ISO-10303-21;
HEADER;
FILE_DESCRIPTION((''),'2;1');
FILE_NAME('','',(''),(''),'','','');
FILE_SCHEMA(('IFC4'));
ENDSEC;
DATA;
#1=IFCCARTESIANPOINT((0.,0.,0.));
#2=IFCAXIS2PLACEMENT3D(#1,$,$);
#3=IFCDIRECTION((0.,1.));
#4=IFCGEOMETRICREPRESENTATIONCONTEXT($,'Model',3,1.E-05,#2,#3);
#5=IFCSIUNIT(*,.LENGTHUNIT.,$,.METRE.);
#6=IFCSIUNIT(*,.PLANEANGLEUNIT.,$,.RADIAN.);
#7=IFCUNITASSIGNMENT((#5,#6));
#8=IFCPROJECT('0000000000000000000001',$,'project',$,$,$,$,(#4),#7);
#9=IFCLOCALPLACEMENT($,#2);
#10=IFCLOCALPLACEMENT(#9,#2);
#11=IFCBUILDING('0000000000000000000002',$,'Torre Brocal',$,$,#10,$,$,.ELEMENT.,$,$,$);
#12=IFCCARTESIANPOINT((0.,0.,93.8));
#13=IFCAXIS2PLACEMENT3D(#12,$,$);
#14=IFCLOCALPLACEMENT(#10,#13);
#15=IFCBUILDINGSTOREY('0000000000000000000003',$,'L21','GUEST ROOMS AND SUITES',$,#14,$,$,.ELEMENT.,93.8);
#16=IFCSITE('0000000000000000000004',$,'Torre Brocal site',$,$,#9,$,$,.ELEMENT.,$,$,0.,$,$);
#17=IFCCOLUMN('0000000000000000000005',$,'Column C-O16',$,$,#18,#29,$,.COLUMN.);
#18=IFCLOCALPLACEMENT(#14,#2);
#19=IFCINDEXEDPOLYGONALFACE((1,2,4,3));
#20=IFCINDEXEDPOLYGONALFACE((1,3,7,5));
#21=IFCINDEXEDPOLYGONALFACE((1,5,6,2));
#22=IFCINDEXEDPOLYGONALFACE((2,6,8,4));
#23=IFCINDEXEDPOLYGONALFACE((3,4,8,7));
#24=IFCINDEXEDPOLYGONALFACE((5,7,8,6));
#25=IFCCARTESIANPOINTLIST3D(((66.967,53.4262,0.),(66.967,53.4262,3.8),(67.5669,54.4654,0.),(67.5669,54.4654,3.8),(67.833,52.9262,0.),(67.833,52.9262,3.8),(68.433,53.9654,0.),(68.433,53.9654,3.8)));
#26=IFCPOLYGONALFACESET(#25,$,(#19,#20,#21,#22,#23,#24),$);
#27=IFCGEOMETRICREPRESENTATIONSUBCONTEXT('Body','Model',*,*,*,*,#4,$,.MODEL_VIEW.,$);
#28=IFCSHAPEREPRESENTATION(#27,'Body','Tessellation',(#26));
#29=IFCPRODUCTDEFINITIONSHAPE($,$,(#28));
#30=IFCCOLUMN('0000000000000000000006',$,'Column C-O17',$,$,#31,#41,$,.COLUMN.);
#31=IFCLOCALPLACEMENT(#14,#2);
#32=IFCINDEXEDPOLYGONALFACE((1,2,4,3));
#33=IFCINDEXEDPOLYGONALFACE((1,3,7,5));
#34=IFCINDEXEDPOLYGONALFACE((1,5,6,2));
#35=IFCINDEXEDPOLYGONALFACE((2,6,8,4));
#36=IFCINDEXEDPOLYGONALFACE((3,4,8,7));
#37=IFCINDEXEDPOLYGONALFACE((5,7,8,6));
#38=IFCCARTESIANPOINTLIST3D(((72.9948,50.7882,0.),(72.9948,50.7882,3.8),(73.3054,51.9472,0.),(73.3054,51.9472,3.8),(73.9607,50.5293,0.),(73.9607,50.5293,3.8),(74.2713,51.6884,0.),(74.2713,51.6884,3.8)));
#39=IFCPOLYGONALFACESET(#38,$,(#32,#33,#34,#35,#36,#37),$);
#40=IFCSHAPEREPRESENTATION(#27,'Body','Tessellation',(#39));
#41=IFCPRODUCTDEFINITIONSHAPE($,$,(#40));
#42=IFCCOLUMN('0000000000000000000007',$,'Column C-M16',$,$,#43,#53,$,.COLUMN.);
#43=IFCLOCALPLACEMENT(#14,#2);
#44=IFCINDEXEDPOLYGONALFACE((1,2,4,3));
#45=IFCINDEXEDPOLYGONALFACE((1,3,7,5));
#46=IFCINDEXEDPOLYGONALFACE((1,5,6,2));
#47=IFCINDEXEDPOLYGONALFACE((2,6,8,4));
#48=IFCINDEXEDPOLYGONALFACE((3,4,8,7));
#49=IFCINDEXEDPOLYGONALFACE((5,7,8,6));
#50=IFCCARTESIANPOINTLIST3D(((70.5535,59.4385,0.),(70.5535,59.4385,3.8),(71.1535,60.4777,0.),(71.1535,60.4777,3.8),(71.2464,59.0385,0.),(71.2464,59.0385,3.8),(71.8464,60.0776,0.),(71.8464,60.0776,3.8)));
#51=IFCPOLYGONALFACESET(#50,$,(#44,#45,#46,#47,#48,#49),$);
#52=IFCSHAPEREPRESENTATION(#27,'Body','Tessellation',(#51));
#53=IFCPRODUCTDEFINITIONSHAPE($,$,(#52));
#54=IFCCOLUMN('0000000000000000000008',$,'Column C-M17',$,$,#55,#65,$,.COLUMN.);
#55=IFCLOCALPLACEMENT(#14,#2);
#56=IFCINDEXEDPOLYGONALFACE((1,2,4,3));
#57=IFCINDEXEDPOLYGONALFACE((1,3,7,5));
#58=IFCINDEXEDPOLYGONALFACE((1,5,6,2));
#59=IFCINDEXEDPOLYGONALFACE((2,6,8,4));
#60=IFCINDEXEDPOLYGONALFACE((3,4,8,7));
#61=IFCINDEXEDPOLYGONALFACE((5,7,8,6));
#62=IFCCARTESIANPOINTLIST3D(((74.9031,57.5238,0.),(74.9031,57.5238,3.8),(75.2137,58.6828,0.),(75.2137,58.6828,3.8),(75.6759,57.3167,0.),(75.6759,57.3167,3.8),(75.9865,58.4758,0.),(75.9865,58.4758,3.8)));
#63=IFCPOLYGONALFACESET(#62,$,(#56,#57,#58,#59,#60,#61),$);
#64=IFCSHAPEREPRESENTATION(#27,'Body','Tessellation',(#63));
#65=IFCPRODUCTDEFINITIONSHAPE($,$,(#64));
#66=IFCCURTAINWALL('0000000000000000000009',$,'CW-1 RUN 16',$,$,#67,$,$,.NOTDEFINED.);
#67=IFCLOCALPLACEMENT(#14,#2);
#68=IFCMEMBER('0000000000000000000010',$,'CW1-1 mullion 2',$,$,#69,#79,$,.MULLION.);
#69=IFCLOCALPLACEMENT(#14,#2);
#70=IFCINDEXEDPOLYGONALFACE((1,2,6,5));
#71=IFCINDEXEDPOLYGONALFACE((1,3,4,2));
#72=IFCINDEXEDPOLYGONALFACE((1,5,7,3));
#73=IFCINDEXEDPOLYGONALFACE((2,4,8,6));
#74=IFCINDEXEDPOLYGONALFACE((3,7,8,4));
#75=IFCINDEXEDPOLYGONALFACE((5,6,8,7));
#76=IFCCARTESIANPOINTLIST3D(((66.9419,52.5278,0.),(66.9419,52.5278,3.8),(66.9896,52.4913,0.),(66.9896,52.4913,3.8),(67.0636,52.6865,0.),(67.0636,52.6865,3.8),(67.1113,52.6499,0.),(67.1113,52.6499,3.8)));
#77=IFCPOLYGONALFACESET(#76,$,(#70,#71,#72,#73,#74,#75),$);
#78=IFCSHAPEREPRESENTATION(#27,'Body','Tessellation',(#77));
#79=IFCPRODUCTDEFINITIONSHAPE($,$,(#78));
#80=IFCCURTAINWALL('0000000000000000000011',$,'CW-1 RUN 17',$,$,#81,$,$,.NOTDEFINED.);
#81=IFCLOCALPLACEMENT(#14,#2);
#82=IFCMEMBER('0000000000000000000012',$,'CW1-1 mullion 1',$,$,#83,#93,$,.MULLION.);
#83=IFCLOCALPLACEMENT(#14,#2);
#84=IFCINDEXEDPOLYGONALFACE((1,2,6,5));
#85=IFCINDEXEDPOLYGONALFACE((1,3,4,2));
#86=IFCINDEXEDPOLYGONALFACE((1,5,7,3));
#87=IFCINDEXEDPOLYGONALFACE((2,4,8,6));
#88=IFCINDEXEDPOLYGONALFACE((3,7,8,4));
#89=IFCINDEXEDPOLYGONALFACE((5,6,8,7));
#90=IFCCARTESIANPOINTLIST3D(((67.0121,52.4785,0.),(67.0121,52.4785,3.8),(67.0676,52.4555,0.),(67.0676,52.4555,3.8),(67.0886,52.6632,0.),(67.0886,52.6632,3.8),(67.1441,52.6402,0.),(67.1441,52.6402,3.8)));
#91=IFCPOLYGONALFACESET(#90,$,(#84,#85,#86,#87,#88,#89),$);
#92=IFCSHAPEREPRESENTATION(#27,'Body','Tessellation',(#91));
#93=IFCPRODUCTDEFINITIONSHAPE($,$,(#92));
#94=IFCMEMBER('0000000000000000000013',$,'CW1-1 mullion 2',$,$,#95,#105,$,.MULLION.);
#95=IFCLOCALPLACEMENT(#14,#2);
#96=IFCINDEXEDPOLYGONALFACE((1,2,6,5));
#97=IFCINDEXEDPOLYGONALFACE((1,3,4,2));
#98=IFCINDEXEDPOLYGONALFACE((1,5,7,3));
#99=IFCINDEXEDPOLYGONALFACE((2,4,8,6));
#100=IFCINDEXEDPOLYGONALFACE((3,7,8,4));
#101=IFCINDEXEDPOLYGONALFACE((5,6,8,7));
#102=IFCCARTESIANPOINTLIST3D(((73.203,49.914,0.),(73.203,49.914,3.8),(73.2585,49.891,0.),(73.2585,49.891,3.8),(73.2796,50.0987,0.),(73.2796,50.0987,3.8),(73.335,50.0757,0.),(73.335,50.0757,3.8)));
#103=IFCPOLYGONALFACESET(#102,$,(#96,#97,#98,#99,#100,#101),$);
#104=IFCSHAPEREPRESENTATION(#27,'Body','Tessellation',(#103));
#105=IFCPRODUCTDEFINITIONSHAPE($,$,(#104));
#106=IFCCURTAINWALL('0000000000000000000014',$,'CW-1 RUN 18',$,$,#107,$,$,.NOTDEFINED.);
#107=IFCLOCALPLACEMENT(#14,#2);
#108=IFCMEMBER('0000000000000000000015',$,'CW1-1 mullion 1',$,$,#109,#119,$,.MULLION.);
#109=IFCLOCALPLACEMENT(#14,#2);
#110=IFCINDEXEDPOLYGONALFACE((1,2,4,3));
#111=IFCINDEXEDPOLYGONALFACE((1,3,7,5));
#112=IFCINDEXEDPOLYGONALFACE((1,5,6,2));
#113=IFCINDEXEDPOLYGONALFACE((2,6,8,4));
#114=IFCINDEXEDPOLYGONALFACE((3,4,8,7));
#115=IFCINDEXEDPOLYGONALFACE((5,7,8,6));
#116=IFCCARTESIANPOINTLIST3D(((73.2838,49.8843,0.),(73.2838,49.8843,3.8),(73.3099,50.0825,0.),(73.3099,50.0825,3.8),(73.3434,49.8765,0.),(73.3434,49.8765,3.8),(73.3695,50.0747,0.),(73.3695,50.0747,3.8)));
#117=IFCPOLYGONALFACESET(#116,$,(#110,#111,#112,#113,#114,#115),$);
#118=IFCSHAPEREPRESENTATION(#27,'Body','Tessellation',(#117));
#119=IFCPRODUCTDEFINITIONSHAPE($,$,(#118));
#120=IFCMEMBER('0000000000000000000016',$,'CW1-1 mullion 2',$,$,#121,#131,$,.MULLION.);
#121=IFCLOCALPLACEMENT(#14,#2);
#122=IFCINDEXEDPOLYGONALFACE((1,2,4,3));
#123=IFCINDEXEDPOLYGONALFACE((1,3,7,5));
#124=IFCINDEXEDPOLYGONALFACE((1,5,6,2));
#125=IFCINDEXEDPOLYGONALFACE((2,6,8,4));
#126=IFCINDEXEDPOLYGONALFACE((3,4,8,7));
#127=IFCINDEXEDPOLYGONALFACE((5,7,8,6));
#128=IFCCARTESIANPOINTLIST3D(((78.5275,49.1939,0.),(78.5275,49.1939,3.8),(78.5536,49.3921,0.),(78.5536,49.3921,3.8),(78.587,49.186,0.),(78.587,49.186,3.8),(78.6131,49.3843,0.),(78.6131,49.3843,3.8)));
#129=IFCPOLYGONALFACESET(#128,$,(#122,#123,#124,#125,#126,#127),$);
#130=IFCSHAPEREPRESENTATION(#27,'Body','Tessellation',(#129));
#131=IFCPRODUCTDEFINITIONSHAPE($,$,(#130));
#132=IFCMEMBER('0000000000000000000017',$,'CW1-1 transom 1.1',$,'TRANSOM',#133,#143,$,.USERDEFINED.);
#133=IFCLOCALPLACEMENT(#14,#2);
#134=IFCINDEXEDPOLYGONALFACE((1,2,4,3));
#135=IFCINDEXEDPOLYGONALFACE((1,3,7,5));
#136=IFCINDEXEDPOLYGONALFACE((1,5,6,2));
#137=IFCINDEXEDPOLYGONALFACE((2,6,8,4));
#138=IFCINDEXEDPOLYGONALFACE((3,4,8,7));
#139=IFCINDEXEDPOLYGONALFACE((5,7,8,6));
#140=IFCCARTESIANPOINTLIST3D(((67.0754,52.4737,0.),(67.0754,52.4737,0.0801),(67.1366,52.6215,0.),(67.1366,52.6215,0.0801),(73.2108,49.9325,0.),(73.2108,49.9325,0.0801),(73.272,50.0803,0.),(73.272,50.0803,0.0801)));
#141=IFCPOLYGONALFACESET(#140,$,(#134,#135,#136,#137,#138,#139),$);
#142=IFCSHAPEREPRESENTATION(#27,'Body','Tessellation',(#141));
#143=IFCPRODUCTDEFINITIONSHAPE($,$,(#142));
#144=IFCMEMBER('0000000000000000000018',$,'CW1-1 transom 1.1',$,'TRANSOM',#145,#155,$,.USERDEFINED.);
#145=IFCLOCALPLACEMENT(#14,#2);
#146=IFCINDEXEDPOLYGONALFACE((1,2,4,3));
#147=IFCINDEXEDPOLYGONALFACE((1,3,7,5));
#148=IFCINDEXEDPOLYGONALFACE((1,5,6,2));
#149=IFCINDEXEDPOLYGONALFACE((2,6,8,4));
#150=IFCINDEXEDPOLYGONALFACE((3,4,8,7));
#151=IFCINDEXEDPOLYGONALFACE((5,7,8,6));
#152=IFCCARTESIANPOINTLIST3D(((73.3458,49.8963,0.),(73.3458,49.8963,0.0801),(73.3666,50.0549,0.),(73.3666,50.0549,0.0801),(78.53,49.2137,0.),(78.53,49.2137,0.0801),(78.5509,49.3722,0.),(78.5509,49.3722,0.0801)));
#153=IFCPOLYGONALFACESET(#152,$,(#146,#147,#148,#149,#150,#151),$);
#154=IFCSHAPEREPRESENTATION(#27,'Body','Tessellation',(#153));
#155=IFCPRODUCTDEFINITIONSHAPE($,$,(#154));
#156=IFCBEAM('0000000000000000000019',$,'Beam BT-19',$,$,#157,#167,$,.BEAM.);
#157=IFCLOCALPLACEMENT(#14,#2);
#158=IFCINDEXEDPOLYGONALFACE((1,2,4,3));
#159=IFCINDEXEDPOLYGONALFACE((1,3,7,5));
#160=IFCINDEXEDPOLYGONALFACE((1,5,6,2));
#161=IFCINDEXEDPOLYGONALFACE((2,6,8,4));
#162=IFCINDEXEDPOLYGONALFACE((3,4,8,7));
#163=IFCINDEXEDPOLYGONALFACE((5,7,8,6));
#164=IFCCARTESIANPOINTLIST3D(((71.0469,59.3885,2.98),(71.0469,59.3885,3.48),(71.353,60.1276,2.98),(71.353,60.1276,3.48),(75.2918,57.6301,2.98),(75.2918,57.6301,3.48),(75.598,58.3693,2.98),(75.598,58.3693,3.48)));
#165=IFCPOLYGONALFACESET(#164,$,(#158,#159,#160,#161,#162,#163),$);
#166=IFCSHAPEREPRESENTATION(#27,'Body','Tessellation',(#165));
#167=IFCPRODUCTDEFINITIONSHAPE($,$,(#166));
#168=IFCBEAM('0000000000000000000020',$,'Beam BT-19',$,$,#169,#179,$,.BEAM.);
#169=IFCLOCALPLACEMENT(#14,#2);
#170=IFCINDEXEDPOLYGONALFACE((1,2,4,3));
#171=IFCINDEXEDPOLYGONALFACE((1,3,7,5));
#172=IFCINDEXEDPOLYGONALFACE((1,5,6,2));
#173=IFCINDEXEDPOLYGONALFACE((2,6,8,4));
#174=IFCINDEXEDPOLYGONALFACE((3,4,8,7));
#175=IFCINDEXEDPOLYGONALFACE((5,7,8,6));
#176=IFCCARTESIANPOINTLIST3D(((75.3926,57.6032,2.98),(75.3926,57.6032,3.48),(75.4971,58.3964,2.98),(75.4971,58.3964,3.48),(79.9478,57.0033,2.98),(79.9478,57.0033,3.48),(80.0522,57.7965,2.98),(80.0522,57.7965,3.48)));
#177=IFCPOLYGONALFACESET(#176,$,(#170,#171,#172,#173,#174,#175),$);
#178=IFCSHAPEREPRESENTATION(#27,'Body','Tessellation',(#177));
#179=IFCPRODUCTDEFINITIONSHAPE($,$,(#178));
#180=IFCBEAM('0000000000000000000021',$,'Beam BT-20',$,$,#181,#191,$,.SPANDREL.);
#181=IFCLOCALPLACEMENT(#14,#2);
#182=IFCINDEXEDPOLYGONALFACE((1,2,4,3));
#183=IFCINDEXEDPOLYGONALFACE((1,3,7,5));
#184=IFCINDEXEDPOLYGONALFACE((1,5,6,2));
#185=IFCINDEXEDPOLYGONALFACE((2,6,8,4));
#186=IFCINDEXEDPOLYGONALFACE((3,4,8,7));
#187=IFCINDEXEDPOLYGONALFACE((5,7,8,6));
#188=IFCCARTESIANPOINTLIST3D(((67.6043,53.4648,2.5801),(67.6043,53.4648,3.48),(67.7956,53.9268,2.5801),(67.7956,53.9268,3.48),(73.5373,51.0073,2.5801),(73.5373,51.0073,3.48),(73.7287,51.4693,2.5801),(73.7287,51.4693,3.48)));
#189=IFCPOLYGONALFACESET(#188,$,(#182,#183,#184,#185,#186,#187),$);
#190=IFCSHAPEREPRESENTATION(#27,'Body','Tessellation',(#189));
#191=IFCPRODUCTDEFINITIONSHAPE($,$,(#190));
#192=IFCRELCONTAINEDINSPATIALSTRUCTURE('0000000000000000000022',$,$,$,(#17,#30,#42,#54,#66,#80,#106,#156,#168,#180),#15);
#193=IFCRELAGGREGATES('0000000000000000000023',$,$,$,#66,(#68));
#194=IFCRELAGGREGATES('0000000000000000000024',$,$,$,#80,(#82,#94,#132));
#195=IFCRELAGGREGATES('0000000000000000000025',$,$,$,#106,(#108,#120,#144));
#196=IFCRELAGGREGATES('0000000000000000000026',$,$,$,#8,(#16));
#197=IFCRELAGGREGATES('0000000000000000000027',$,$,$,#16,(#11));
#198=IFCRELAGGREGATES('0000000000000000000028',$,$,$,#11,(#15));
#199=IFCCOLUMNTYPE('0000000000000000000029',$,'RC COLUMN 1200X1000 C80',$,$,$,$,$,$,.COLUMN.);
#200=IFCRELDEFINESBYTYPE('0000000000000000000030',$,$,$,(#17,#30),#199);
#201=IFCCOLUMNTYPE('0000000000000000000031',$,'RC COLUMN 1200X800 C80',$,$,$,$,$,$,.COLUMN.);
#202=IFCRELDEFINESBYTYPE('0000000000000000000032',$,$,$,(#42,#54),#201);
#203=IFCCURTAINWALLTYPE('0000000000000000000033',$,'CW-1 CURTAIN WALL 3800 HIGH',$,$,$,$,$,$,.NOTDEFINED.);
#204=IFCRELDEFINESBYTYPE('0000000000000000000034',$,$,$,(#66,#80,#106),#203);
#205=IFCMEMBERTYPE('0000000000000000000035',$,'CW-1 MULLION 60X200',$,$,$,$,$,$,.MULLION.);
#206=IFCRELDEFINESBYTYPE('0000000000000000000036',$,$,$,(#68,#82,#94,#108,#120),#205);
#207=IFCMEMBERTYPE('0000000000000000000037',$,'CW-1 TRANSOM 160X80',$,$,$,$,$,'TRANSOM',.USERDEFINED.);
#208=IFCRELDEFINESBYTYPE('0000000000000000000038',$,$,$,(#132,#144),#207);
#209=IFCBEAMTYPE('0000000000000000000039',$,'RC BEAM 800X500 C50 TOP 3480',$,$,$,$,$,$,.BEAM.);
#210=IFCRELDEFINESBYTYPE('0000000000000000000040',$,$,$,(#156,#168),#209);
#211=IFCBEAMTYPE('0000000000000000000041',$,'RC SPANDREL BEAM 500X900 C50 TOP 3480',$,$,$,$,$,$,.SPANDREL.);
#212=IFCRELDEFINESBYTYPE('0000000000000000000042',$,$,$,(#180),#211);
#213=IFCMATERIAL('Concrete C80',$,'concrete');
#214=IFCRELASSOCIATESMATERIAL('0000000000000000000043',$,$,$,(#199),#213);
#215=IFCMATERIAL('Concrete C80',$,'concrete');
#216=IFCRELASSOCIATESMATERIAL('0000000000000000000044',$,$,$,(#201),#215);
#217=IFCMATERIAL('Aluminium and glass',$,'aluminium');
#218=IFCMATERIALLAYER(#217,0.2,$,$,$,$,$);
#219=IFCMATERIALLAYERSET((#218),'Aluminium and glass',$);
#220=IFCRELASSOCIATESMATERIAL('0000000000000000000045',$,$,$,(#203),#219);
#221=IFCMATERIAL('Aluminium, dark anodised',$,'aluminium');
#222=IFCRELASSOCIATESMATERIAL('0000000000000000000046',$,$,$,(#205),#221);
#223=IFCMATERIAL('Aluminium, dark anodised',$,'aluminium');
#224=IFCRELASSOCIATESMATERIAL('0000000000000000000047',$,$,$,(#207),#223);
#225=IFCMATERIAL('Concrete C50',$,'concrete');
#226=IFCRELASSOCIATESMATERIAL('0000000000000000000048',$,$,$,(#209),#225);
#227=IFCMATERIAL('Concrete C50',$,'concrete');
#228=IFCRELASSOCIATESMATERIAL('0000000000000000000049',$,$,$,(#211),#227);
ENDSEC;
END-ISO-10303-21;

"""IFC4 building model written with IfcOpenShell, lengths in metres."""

from ifc_helpers import new_model, si_unit, direction, frame, origin, origin_2d, place, context, subcontext, project, spatial, rectangle, extrude, material, layer, layer_set, material_profile, profile_set, type_object, element, aggregate, save


model = new_model("IFC4")

# Units and contexts
model_context = context("Model", 3, precision=1e-05, world=origin(), true_north=direction((0.0, 1.0)))
body_context = subcontext(model_context, "Body", "Model", "MODEL_VIEW")
ifc_project = project(units=[si_unit("LENGTHUNIT", "METRE"), si_unit("PLANEANGLEUNIT", "RADIAN")], contexts=[model_context])

# Site, building, storey
site_placement = place(None, origin())
site = spatial("IfcSite", under=ifc_project, at=site_placement, Name="Torre Brocal site", CompositionType="ELEMENT", RefElevation=0.0)
building_placement = place(site_placement, origin())
building = spatial("IfcBuilding", under=site, at=building_placement, Name="Torre Brocal", CompositionType="ELEMENT")
storey_placement = place(building_placement, frame((0.0, 0.0, 93.8)))
storey = spatial("IfcBuildingStorey", under=building, at=storey_placement, Name="L21", Description="GUEST ROOMS AND SUITES", CompositionType="ELEMENT", Elevation=93.8)

# Columns
ifc_material_1 = material(Name="Concrete C80", Category="concrete")
ifc_material_profile_1 = material_profile(ifc_material_1, rectangle(XDim=1.2, YDim=1.0, at=origin_2d()), Name="RC 1200X1000")
ifc_profile_set_1 = profile_set([ifc_material_profile_1], Name="Concrete C80")
column_type_1 = type_object("IfcColumnType", Name="RC COLUMN 1200X1000 C80", PredefinedType="COLUMN", material=ifc_profile_set_1)
for number, where, z_axis, x_axis, name in (
    (1, (67.7, 53.6958, 0.0), (0.0, 0.0, 1.0), (-0.5, -0.866025, 0.0), "Column C-O16"),
    (2, (73.6331, 51.2383, 0.0), (0.0, 0.0, 1.0), (-0.258819, -0.965926, 0.0), "Column C-O17"),
):
    element("IfcColumn", number, at=place(storey_placement, frame(where, z_axis=z_axis, x_axis=x_axis)), inside=storey, type_object=column_type_1, Name=name, PredefinedType="COLUMN", context=body_context, shape_type="SweptSolid", body=[
        extrude(rectangle(XDim=1.2, YDim=1.0, at=origin_2d()), origin(), (0.0, 0.0, 1.0), 3.8),
    ])
ifc_material_2 = material(Name="Concrete C80", Category="concrete")
ifc_material_profile_2 = material_profile(ifc_material_2, rectangle(XDim=1.2, YDim=0.8, at=origin_2d()), Name="RC 1200X800")
ifc_profile_set_2 = profile_set([ifc_material_profile_2], Name="Concrete C80")
column_type_2 = type_object("IfcColumnType", Name="RC COLUMN 1200X800 C80", PredefinedType="COLUMN", material=ifc_profile_set_2)
for number, where, z_axis, x_axis, name in (
    (3, (71.2, 59.7581, 0.0), (0.0, 0.0, 1.0), (-0.5, -0.866025, 0.0), "Column C-M16"),
    (4, (75.4448, 57.9998, 0.0), (0.0, 0.0, 1.0), (-0.258819, -0.965926, 0.0), "Column C-M17"),
):
    element("IfcColumn", number, at=place(storey_placement, frame(where, z_axis=z_axis, x_axis=x_axis)), inside=storey, type_object=column_type_2, Name=name, PredefinedType="COLUMN", context=body_context, shape_type="SweptSolid", body=[
        extrude(rectangle(XDim=1.2, YDim=0.8, at=origin_2d()), origin(), (0.0, 0.0, 1.0), 3.8),
    ])

# Curtain wall, member
ifc_material_3 = material(Name="Aluminium and glass", Category="aluminium")
ifc_layer_1 = layer(ifc_material_3, 0.2)
ifc_layer_set_1 = layer_set([ifc_layer_1], Name="Aluminium and glass")
curtain_wall_type = type_object("IfcCurtainWallType", Name="CW-1 CURTAIN WALL 3800 HIGH", PredefinedType="NOTDEFINED", material=ifc_layer_set_1)
curtain_wall_1_placement = place(storey_placement, origin())
curtain_wall_1 = element("IfcCurtainWall", 5, at=curtain_wall_1_placement, inside=storey, type_object=curtain_wall_type, Name="CW-1 RUN 16", PredefinedType="NOTDEFINED")
ifc_material_4 = material(Name="Aluminium, dark anodised", Category="aluminium")
ifc_material_profile_3 = material_profile(ifc_material_4, rectangle(XDim=0.2, YDim=0.0601, at=origin_2d()), Name="CW-1 MULLION 60X200")
ifc_profile_set_3 = profile_set([ifc_material_profile_3], Name="Aluminium, dark anodised")
member_type_1 = type_object("IfcMemberType", Name="CW-1 MULLION 60X200", PredefinedType="MULLION", material=ifc_profile_set_3)
member_1_placement = place(storey_placement, frame((67.0266, 52.5889, 0.0), z_axis=(0.0, 0.0, 1.0), x_axis=(0.608761, 0.793353, 0.0)))
member_1 = element("IfcMember", 6, at=member_1_placement, type_object=member_type_1, Name="CW1-1 mullion 2", PredefinedType="MULLION", context=body_context, shape_type="SweptSolid", body=[
    extrude(rectangle(XDim=0.2, YDim=0.0601, at=origin_2d()), origin(), (0.0, 0.0, 1.0), 3.8),
])
aggregate(curtain_wall_1, [member_1])

# Curtain walls, members
curtain_wall_2_placement = place(storey_placement, origin())
curtain_wall_2 = element("IfcCurtainWall", 7, at=curtain_wall_2_placement, inside=storey, type_object=curtain_wall_type, Name="CW-1 RUN 17", PredefinedType="NOTDEFINED")
member_2_placement = place(storey_placement, frame((67.0781, 52.5593, 0.0), z_axis=(0.0, 0.0, 1.0), x_axis=(0.382683, 0.92388, 0.0)))
member_2 = element("IfcMember", 8, at=member_2_placement, type_object=member_type_1, Name="CW1-1 mullion 1", PredefinedType="MULLION", context=body_context, shape_type="SweptSolid", body=[
    extrude(rectangle(XDim=0.2, YDim=0.0601, at=origin_2d()), origin(), (0.0, 0.0, 1.0), 3.8),
])
member_3_placement = place(storey_placement, frame((73.269, 49.9949, 0.0), z_axis=(0.0, 0.0, 1.0), x_axis=(0.382683, 0.92388, 0.0)))
member_3 = element("IfcMember", 9, at=member_3_placement, type_object=member_type_1, Name="CW1-1 mullion 2", PredefinedType="MULLION", context=body_context, shape_type="SweptSolid", body=[
    extrude(rectangle(XDim=0.2, YDim=0.0601, at=origin_2d()), origin(), (0.0, 0.0, 1.0), 3.8),
])
curtain_wall_3_placement = place(storey_placement, origin())
curtain_wall_3 = element("IfcCurtainWall", 10, at=curtain_wall_3_placement, inside=storey, type_object=curtain_wall_type, Name="CW-1 RUN 18", PredefinedType="NOTDEFINED")
member_4_placement = place(storey_placement, frame((73.3267, 49.9795, 0.0), z_axis=(0.0, 0.0, 1.0), x_axis=(0.130526, 0.991445, 0.0)))
member_4 = element("IfcMember", 11, at=member_4_placement, type_object=member_type_1, Name="CW1-1 mullion 1", PredefinedType="MULLION", context=body_context, shape_type="SweptSolid", body=[
    extrude(rectangle(XDim=0.2, YDim=0.0601, at=origin_2d()), origin(), (0.0, 0.0, 1.0), 3.8),
])
member_5_placement = place(storey_placement, frame((78.5703, 49.2891, 0.0), z_axis=(0.0, 0.0, 1.0), x_axis=(0.130526, 0.991445, 0.0)))
member_5 = element("IfcMember", 12, at=member_5_placement, type_object=member_type_1, Name="CW1-1 mullion 2", PredefinedType="MULLION", context=body_context, shape_type="SweptSolid", body=[
    extrude(rectangle(XDim=0.2, YDim=0.0601, at=origin_2d()), origin(), (0.0, 0.0, 1.0), 3.8),
])

# Members
ifc_material_5 = material(Name="Aluminium, dark anodised", Category="aluminium")
ifc_material_profile_4 = material_profile(ifc_material_5, rectangle(XDim=0.1599, YDim=0.0801, at=origin_2d()), Name="CW-1 TRANSOM 160X80")
ifc_profile_set_4 = profile_set([ifc_material_profile_4], Name="Aluminium, dark anodised")
member_type_2 = type_object("IfcMemberType", Name="CW-1 TRANSOM 160X80", ElementType="TRANSOM", PredefinedType="USERDEFINED", material=ifc_profile_set_4)
member_6_placement = place(storey_placement, frame((67.106, 52.5476, 0.04), z_axis=(0.923887, -0.382665, 0.0), x_axis=(0.382665, 0.923887, 0.0)))
member_6 = element("IfcMember", 13, at=member_6_placement, type_object=member_type_2, Name="CW1-1 transom 1.1", ObjectType="TRANSOM", PredefinedType="USERDEFINED", context=body_context, shape_type="SweptSolid", body=[
    extrude(rectangle(XDim=0.1599, YDim=0.0801, at=origin_2d()), origin(), (0.0, 0.0, 1.0), 6.6409),
])
member_7_placement = place(storey_placement, frame((73.3562, 49.9756, 0.04), z_axis=(0.991443, -0.130543, 0.0), x_axis=(0.130543, 0.991443, 0.0)))
member_7 = element("IfcMember", 14, at=member_7_placement, type_object=member_type_2, Name="CW1-1 transom 1.1", ObjectType="TRANSOM", PredefinedType="USERDEFINED", context=body_context, shape_type="SweptSolid", body=[
    extrude(rectangle(XDim=0.1599, YDim=0.0801, at=origin_2d()), origin(), (0.0, 0.0, 1.0), 5.229),
])

# Beams
ifc_material_6 = material(Name="Concrete C50", Category="concrete")
ifc_material_profile_5 = material_profile(ifc_material_6, rectangle(XDim=0.8, YDim=0.5, at=origin_2d()), Name="RC 800X500")
ifc_profile_set_5 = profile_set([ifc_material_profile_5], Name="Concrete C50")
beam_type_1 = type_object("IfcBeamType", Name="RC BEAM 800X500 C50 TOP 3480", PredefinedType="BEAM", material=ifc_profile_set_5)
beam_1_placement = place(storey_placement, frame((71.2, 59.7581, 3.23), z_axis=(0.923878, -0.382687, 0.0), x_axis=(0.382687, 0.923878, 0.0)))
element("IfcBeam", 15, at=beam_1_placement, inside=storey, type_object=beam_type_1, Name="Beam BT-19", PredefinedType="BEAM", context=body_context, shape_type="SweptSolid", body=[
    extrude(rectangle(XDim=0.8, YDim=0.5, at=origin_2d()), origin(), (0.0, 0.0, 1.0), 4.5947),
])
beam_2_placement = place(storey_placement, frame((75.4448, 57.9998, 3.23), z_axis=(0.991441, -0.130559, 0.0), x_axis=(0.130559, 0.991441, 0.0)))
element("IfcBeam", 16, at=beam_2_placement, inside=storey, type_object=beam_type_1, Name="Beam BT-19", PredefinedType="BEAM", context=body_context, shape_type="SweptSolid", body=[
    extrude(rectangle(XDim=0.8, YDim=0.5, at=origin_2d()), origin(), (0.0, 0.0, 1.0), 4.5945),
])
ifc_material_7 = material(Name="Concrete C50", Category="concrete")
ifc_material_profile_6 = material_profile(ifc_material_7, rectangle(XDim=0.5, YDim=0.8999, at=origin_2d()), Name="RC 500X900")
ifc_profile_set_6 = profile_set([ifc_material_profile_6], Name="Concrete C50")
beam_type_2 = type_object("IfcBeamType", Name="RC SPANDREL BEAM 500X900 C50 TOP 3480", PredefinedType="SPANDREL", material=ifc_profile_set_6)
beam_3_placement = place(storey_placement, frame((67.7, 53.6958, 3.03), z_axis=(0.923882, -0.382676, 0.0), x_axis=(0.382676, 0.923882, 0.0)))
element("IfcBeam", 17, at=beam_3_placement, inside=storey, type_object=beam_type_2, Name="Beam BT-20", PredefinedType="SPANDREL", context=body_context, shape_type="SweptSolid", body=[
    extrude(rectangle(XDim=0.5, YDim=0.8999, at=origin_2d()), origin(), (0.0, 0.0, 1.0), 6.4219),
])

aggregate(curtain_wall_2, [member_2, member_3, member_6])
aggregate(curtain_wall_3, [member_4, member_5, member_7])

save(model, "model.ifc")
